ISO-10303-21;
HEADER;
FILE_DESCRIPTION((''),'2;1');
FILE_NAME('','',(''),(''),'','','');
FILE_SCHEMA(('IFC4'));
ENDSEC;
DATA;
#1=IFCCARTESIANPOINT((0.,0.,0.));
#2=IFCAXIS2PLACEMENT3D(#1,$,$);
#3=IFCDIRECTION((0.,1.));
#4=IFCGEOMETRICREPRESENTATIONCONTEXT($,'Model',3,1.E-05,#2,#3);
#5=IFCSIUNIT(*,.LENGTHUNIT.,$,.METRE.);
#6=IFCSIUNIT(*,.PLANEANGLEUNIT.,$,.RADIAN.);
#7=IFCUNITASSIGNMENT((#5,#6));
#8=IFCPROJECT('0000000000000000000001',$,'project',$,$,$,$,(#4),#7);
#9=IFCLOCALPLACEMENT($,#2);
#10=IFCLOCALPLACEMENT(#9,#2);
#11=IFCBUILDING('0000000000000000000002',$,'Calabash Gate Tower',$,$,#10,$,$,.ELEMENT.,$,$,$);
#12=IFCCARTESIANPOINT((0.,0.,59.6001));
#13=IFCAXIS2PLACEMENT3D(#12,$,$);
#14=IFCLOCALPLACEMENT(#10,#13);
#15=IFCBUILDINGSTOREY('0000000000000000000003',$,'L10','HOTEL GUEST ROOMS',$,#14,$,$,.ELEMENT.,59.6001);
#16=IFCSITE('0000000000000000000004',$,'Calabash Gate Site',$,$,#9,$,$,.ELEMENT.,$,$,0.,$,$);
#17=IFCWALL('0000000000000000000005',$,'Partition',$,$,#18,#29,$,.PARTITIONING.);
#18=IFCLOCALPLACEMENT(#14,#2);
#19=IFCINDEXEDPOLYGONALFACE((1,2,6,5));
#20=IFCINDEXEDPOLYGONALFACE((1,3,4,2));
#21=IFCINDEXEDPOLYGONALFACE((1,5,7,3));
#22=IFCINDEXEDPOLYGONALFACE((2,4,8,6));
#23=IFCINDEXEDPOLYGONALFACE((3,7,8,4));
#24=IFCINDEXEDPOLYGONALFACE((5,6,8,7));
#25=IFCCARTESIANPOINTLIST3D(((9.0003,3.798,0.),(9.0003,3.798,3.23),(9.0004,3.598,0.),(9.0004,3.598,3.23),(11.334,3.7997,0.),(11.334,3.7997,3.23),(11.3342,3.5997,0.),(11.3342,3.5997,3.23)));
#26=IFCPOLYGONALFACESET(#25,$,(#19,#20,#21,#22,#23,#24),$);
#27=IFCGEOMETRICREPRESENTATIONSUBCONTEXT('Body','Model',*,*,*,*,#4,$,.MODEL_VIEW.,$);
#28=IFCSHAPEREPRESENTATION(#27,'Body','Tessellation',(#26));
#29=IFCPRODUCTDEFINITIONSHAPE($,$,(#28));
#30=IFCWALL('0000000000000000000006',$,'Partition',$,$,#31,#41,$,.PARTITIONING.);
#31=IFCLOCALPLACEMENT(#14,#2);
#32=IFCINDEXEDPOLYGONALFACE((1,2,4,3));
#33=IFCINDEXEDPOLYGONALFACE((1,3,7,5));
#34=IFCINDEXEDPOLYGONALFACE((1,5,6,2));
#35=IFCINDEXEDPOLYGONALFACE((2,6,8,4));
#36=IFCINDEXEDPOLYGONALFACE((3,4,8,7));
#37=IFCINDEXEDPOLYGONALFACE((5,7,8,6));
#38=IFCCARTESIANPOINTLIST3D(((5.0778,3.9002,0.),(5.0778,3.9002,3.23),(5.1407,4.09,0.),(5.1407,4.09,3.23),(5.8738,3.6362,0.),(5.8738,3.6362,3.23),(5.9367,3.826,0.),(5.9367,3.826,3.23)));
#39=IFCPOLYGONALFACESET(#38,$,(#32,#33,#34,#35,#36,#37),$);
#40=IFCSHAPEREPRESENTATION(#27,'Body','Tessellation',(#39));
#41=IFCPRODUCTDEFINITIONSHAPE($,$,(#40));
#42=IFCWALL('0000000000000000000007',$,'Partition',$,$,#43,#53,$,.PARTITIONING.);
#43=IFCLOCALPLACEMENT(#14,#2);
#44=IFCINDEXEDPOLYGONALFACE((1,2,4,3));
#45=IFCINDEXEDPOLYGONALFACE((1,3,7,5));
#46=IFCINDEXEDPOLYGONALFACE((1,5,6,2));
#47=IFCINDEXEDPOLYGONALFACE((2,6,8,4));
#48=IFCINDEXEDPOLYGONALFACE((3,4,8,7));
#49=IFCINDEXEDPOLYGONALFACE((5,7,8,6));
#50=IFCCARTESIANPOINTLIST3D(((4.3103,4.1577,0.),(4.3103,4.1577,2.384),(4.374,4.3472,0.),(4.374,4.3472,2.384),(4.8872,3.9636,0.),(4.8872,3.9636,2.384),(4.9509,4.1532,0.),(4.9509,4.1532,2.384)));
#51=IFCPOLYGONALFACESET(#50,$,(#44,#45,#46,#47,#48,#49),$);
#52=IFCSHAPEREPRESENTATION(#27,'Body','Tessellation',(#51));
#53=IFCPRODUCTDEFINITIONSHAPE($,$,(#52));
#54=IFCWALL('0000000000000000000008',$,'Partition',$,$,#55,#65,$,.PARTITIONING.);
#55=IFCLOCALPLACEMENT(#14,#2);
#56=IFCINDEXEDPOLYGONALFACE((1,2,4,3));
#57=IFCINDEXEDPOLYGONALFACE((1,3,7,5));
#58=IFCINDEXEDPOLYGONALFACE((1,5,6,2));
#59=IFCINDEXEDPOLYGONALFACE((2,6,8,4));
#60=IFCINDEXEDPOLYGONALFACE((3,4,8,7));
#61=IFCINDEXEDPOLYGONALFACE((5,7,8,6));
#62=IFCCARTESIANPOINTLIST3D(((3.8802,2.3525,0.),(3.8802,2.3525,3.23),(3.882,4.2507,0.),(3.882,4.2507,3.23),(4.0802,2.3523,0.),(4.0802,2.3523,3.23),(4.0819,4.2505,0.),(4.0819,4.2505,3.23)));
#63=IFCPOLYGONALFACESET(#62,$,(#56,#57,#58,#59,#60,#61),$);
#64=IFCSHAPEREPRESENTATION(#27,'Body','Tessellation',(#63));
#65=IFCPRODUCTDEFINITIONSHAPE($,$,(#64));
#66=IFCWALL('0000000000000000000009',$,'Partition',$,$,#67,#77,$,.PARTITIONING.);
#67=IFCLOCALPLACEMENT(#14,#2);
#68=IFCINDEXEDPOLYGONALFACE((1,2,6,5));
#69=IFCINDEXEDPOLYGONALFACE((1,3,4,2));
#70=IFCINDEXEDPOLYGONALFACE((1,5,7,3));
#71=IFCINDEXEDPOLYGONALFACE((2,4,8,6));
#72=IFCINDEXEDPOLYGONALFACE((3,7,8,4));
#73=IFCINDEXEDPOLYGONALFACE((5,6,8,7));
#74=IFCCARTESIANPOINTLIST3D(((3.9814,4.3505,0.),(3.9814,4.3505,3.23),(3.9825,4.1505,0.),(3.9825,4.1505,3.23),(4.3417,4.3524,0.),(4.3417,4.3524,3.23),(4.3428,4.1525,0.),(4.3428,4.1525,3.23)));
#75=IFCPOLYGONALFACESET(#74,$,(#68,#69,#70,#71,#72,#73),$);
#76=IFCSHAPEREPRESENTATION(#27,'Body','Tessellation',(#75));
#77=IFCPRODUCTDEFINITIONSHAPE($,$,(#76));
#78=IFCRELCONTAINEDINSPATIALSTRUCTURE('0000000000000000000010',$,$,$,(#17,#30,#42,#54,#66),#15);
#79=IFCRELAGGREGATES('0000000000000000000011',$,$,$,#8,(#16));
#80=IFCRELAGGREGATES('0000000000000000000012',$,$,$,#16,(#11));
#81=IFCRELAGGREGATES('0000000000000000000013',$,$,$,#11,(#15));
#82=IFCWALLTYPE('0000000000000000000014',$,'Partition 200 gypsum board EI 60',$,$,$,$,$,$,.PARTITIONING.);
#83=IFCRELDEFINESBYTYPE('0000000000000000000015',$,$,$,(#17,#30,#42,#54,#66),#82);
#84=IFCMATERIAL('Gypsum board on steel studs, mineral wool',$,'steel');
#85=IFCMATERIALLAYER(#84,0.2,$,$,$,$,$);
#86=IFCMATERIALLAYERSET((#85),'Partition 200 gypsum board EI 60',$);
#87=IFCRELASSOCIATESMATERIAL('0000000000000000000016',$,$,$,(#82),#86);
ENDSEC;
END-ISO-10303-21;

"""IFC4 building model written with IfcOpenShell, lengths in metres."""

from ifc_helpers import new_model, si_unit, direction, frame, frame_2d, origin, place, context, subcontext, project, spatial, rectangle, extrude, material, layer, layer_set, type_object, element, save


model = new_model("IFC4")

# Units and contexts
model_context = context("Model", 3, precision=1e-05, world=origin(), true_north=direction((0.0, 1.0)))
body_context = subcontext(model_context, "Body", "Model", "MODEL_VIEW")
ifc_project = project(units=[si_unit("LENGTHUNIT", "METRE"), si_unit("PLANEANGLEUNIT", "RADIAN")], contexts=[model_context])

# Site, building, storey
site_placement = place(None, origin())
site = spatial("IfcSite", under=ifc_project, at=site_placement, Name="Calabash Gate Site", CompositionType="ELEMENT", RefElevation=0.0)
building_placement = place(site_placement, origin())
building = spatial("IfcBuilding", under=site, at=building_placement, Name="Calabash Gate Tower", CompositionType="ELEMENT")
storey_placement = place(building_placement, frame((0.0, 0.0, 59.6001)))
storey = spatial("IfcBuildingStorey", under=building, at=storey_placement, Name="L10", Description="HOTEL GUEST ROOMS", CompositionType="ELEMENT", Elevation=59.6001)

# Walls
ifc_material_1 = material(Name="Gypsum board on steel studs, mineral wool", Category="steel")
ifc_layer_1 = layer(ifc_material_1, 0.2)
ifc_layer_set_1 = layer_set([ifc_layer_1], Name="Partition 200 gypsum board EI 60")
wall_type_1 = type_object("IfcWallType", Name="Partition 200 gypsum board EI 60", PredefinedType="PARTITIONING", material=ifc_layer_set_1)
wall_1_placement = place(storey_placement, frame((9.0002, 3.698, 0.0), z_axis=(0.0, 0.0, 1.0), x_axis=(1.0, 0.000732, 0.0)))
element("IfcWall", 1, at=wall_1_placement, inside=storey, type_object=wall_type_1, Name="Partition", PredefinedType="PARTITIONING", context=body_context, shape_type="SweptSolid", body=[
    extrude(rectangle(XDim=2.3337, YDim=0.2, at=frame_2d((1.167, 0.0))), origin(), (0.0, 0.0, 1.0), 3.23),
])
wall_2_placement = place(storey_placement, frame((5.1091, 3.9951, 0.0), z_axis=(0.0, 0.0, 1.0), x_axis=(0.949177, -0.314742, 0.0)))
element("IfcWall", 2, at=wall_2_placement, inside=storey, type_object=wall_type_1, Name="Partition", PredefinedType="PARTITIONING", context=body_context, shape_type="SweptSolid", body=[
    extrude(rectangle(XDim=0.8386, YDim=0.2, at=frame_2d((0.4194, 0.0))), origin(), (0.0, 0.0, 1.0), 3.23),
])
wall_3_placement = place(storey_placement, frame((4.3423, 4.2524, 0.0), z_axis=(0.0, 0.0, 1.0), x_axis=(0.947797, -0.318874, 0.0)))
element("IfcWall", 3, at=wall_3_placement, inside=storey, type_object=wall_type_1, Name="Partition", PredefinedType="PARTITIONING", context=body_context, shape_type="SweptSolid", body=[
    extrude(rectangle(XDim=0.6086, YDim=0.2, at=frame_2d((0.3042, 0.0))), origin(), (0.0, 0.0, 1.0), 2.384),
])
wall_4_placement = place(storey_placement, frame((3.9802, 2.3523, 0.0), z_axis=(0.0, 0.0, 1.0), x_axis=(0.0009, 1.0, 0.0)))
element("IfcWall", 4, at=wall_4_placement, inside=storey, type_object=wall_type_1, Name="Partition", PredefinedType="PARTITIONING", context=body_context, shape_type="SweptSolid", body=[
    extrude(rectangle(XDim=1.8982, YDim=0.2, at=frame_2d((0.9492, 0.0))), origin(), (0.0, 0.0, 1.0), 3.23),
])
wall_5_placement = place(storey_placement, frame((3.9819, 4.2505, 0.0), z_axis=(0.0, 0.0, 1.0), x_axis=(0.999985, 0.00542, 0.0)))
element("IfcWall", 5, at=wall_5_placement, inside=storey, type_object=wall_type_1, Name="Partition", PredefinedType="PARTITIONING", context=body_context, shape_type="SweptSolid", body=[
    extrude(rectangle(XDim=0.3604, YDim=0.2, at=frame_2d((0.1802, 0.0))), origin(), (0.0, 0.0, 1.0), 3.23),
])

save(model, "model.ifc")
